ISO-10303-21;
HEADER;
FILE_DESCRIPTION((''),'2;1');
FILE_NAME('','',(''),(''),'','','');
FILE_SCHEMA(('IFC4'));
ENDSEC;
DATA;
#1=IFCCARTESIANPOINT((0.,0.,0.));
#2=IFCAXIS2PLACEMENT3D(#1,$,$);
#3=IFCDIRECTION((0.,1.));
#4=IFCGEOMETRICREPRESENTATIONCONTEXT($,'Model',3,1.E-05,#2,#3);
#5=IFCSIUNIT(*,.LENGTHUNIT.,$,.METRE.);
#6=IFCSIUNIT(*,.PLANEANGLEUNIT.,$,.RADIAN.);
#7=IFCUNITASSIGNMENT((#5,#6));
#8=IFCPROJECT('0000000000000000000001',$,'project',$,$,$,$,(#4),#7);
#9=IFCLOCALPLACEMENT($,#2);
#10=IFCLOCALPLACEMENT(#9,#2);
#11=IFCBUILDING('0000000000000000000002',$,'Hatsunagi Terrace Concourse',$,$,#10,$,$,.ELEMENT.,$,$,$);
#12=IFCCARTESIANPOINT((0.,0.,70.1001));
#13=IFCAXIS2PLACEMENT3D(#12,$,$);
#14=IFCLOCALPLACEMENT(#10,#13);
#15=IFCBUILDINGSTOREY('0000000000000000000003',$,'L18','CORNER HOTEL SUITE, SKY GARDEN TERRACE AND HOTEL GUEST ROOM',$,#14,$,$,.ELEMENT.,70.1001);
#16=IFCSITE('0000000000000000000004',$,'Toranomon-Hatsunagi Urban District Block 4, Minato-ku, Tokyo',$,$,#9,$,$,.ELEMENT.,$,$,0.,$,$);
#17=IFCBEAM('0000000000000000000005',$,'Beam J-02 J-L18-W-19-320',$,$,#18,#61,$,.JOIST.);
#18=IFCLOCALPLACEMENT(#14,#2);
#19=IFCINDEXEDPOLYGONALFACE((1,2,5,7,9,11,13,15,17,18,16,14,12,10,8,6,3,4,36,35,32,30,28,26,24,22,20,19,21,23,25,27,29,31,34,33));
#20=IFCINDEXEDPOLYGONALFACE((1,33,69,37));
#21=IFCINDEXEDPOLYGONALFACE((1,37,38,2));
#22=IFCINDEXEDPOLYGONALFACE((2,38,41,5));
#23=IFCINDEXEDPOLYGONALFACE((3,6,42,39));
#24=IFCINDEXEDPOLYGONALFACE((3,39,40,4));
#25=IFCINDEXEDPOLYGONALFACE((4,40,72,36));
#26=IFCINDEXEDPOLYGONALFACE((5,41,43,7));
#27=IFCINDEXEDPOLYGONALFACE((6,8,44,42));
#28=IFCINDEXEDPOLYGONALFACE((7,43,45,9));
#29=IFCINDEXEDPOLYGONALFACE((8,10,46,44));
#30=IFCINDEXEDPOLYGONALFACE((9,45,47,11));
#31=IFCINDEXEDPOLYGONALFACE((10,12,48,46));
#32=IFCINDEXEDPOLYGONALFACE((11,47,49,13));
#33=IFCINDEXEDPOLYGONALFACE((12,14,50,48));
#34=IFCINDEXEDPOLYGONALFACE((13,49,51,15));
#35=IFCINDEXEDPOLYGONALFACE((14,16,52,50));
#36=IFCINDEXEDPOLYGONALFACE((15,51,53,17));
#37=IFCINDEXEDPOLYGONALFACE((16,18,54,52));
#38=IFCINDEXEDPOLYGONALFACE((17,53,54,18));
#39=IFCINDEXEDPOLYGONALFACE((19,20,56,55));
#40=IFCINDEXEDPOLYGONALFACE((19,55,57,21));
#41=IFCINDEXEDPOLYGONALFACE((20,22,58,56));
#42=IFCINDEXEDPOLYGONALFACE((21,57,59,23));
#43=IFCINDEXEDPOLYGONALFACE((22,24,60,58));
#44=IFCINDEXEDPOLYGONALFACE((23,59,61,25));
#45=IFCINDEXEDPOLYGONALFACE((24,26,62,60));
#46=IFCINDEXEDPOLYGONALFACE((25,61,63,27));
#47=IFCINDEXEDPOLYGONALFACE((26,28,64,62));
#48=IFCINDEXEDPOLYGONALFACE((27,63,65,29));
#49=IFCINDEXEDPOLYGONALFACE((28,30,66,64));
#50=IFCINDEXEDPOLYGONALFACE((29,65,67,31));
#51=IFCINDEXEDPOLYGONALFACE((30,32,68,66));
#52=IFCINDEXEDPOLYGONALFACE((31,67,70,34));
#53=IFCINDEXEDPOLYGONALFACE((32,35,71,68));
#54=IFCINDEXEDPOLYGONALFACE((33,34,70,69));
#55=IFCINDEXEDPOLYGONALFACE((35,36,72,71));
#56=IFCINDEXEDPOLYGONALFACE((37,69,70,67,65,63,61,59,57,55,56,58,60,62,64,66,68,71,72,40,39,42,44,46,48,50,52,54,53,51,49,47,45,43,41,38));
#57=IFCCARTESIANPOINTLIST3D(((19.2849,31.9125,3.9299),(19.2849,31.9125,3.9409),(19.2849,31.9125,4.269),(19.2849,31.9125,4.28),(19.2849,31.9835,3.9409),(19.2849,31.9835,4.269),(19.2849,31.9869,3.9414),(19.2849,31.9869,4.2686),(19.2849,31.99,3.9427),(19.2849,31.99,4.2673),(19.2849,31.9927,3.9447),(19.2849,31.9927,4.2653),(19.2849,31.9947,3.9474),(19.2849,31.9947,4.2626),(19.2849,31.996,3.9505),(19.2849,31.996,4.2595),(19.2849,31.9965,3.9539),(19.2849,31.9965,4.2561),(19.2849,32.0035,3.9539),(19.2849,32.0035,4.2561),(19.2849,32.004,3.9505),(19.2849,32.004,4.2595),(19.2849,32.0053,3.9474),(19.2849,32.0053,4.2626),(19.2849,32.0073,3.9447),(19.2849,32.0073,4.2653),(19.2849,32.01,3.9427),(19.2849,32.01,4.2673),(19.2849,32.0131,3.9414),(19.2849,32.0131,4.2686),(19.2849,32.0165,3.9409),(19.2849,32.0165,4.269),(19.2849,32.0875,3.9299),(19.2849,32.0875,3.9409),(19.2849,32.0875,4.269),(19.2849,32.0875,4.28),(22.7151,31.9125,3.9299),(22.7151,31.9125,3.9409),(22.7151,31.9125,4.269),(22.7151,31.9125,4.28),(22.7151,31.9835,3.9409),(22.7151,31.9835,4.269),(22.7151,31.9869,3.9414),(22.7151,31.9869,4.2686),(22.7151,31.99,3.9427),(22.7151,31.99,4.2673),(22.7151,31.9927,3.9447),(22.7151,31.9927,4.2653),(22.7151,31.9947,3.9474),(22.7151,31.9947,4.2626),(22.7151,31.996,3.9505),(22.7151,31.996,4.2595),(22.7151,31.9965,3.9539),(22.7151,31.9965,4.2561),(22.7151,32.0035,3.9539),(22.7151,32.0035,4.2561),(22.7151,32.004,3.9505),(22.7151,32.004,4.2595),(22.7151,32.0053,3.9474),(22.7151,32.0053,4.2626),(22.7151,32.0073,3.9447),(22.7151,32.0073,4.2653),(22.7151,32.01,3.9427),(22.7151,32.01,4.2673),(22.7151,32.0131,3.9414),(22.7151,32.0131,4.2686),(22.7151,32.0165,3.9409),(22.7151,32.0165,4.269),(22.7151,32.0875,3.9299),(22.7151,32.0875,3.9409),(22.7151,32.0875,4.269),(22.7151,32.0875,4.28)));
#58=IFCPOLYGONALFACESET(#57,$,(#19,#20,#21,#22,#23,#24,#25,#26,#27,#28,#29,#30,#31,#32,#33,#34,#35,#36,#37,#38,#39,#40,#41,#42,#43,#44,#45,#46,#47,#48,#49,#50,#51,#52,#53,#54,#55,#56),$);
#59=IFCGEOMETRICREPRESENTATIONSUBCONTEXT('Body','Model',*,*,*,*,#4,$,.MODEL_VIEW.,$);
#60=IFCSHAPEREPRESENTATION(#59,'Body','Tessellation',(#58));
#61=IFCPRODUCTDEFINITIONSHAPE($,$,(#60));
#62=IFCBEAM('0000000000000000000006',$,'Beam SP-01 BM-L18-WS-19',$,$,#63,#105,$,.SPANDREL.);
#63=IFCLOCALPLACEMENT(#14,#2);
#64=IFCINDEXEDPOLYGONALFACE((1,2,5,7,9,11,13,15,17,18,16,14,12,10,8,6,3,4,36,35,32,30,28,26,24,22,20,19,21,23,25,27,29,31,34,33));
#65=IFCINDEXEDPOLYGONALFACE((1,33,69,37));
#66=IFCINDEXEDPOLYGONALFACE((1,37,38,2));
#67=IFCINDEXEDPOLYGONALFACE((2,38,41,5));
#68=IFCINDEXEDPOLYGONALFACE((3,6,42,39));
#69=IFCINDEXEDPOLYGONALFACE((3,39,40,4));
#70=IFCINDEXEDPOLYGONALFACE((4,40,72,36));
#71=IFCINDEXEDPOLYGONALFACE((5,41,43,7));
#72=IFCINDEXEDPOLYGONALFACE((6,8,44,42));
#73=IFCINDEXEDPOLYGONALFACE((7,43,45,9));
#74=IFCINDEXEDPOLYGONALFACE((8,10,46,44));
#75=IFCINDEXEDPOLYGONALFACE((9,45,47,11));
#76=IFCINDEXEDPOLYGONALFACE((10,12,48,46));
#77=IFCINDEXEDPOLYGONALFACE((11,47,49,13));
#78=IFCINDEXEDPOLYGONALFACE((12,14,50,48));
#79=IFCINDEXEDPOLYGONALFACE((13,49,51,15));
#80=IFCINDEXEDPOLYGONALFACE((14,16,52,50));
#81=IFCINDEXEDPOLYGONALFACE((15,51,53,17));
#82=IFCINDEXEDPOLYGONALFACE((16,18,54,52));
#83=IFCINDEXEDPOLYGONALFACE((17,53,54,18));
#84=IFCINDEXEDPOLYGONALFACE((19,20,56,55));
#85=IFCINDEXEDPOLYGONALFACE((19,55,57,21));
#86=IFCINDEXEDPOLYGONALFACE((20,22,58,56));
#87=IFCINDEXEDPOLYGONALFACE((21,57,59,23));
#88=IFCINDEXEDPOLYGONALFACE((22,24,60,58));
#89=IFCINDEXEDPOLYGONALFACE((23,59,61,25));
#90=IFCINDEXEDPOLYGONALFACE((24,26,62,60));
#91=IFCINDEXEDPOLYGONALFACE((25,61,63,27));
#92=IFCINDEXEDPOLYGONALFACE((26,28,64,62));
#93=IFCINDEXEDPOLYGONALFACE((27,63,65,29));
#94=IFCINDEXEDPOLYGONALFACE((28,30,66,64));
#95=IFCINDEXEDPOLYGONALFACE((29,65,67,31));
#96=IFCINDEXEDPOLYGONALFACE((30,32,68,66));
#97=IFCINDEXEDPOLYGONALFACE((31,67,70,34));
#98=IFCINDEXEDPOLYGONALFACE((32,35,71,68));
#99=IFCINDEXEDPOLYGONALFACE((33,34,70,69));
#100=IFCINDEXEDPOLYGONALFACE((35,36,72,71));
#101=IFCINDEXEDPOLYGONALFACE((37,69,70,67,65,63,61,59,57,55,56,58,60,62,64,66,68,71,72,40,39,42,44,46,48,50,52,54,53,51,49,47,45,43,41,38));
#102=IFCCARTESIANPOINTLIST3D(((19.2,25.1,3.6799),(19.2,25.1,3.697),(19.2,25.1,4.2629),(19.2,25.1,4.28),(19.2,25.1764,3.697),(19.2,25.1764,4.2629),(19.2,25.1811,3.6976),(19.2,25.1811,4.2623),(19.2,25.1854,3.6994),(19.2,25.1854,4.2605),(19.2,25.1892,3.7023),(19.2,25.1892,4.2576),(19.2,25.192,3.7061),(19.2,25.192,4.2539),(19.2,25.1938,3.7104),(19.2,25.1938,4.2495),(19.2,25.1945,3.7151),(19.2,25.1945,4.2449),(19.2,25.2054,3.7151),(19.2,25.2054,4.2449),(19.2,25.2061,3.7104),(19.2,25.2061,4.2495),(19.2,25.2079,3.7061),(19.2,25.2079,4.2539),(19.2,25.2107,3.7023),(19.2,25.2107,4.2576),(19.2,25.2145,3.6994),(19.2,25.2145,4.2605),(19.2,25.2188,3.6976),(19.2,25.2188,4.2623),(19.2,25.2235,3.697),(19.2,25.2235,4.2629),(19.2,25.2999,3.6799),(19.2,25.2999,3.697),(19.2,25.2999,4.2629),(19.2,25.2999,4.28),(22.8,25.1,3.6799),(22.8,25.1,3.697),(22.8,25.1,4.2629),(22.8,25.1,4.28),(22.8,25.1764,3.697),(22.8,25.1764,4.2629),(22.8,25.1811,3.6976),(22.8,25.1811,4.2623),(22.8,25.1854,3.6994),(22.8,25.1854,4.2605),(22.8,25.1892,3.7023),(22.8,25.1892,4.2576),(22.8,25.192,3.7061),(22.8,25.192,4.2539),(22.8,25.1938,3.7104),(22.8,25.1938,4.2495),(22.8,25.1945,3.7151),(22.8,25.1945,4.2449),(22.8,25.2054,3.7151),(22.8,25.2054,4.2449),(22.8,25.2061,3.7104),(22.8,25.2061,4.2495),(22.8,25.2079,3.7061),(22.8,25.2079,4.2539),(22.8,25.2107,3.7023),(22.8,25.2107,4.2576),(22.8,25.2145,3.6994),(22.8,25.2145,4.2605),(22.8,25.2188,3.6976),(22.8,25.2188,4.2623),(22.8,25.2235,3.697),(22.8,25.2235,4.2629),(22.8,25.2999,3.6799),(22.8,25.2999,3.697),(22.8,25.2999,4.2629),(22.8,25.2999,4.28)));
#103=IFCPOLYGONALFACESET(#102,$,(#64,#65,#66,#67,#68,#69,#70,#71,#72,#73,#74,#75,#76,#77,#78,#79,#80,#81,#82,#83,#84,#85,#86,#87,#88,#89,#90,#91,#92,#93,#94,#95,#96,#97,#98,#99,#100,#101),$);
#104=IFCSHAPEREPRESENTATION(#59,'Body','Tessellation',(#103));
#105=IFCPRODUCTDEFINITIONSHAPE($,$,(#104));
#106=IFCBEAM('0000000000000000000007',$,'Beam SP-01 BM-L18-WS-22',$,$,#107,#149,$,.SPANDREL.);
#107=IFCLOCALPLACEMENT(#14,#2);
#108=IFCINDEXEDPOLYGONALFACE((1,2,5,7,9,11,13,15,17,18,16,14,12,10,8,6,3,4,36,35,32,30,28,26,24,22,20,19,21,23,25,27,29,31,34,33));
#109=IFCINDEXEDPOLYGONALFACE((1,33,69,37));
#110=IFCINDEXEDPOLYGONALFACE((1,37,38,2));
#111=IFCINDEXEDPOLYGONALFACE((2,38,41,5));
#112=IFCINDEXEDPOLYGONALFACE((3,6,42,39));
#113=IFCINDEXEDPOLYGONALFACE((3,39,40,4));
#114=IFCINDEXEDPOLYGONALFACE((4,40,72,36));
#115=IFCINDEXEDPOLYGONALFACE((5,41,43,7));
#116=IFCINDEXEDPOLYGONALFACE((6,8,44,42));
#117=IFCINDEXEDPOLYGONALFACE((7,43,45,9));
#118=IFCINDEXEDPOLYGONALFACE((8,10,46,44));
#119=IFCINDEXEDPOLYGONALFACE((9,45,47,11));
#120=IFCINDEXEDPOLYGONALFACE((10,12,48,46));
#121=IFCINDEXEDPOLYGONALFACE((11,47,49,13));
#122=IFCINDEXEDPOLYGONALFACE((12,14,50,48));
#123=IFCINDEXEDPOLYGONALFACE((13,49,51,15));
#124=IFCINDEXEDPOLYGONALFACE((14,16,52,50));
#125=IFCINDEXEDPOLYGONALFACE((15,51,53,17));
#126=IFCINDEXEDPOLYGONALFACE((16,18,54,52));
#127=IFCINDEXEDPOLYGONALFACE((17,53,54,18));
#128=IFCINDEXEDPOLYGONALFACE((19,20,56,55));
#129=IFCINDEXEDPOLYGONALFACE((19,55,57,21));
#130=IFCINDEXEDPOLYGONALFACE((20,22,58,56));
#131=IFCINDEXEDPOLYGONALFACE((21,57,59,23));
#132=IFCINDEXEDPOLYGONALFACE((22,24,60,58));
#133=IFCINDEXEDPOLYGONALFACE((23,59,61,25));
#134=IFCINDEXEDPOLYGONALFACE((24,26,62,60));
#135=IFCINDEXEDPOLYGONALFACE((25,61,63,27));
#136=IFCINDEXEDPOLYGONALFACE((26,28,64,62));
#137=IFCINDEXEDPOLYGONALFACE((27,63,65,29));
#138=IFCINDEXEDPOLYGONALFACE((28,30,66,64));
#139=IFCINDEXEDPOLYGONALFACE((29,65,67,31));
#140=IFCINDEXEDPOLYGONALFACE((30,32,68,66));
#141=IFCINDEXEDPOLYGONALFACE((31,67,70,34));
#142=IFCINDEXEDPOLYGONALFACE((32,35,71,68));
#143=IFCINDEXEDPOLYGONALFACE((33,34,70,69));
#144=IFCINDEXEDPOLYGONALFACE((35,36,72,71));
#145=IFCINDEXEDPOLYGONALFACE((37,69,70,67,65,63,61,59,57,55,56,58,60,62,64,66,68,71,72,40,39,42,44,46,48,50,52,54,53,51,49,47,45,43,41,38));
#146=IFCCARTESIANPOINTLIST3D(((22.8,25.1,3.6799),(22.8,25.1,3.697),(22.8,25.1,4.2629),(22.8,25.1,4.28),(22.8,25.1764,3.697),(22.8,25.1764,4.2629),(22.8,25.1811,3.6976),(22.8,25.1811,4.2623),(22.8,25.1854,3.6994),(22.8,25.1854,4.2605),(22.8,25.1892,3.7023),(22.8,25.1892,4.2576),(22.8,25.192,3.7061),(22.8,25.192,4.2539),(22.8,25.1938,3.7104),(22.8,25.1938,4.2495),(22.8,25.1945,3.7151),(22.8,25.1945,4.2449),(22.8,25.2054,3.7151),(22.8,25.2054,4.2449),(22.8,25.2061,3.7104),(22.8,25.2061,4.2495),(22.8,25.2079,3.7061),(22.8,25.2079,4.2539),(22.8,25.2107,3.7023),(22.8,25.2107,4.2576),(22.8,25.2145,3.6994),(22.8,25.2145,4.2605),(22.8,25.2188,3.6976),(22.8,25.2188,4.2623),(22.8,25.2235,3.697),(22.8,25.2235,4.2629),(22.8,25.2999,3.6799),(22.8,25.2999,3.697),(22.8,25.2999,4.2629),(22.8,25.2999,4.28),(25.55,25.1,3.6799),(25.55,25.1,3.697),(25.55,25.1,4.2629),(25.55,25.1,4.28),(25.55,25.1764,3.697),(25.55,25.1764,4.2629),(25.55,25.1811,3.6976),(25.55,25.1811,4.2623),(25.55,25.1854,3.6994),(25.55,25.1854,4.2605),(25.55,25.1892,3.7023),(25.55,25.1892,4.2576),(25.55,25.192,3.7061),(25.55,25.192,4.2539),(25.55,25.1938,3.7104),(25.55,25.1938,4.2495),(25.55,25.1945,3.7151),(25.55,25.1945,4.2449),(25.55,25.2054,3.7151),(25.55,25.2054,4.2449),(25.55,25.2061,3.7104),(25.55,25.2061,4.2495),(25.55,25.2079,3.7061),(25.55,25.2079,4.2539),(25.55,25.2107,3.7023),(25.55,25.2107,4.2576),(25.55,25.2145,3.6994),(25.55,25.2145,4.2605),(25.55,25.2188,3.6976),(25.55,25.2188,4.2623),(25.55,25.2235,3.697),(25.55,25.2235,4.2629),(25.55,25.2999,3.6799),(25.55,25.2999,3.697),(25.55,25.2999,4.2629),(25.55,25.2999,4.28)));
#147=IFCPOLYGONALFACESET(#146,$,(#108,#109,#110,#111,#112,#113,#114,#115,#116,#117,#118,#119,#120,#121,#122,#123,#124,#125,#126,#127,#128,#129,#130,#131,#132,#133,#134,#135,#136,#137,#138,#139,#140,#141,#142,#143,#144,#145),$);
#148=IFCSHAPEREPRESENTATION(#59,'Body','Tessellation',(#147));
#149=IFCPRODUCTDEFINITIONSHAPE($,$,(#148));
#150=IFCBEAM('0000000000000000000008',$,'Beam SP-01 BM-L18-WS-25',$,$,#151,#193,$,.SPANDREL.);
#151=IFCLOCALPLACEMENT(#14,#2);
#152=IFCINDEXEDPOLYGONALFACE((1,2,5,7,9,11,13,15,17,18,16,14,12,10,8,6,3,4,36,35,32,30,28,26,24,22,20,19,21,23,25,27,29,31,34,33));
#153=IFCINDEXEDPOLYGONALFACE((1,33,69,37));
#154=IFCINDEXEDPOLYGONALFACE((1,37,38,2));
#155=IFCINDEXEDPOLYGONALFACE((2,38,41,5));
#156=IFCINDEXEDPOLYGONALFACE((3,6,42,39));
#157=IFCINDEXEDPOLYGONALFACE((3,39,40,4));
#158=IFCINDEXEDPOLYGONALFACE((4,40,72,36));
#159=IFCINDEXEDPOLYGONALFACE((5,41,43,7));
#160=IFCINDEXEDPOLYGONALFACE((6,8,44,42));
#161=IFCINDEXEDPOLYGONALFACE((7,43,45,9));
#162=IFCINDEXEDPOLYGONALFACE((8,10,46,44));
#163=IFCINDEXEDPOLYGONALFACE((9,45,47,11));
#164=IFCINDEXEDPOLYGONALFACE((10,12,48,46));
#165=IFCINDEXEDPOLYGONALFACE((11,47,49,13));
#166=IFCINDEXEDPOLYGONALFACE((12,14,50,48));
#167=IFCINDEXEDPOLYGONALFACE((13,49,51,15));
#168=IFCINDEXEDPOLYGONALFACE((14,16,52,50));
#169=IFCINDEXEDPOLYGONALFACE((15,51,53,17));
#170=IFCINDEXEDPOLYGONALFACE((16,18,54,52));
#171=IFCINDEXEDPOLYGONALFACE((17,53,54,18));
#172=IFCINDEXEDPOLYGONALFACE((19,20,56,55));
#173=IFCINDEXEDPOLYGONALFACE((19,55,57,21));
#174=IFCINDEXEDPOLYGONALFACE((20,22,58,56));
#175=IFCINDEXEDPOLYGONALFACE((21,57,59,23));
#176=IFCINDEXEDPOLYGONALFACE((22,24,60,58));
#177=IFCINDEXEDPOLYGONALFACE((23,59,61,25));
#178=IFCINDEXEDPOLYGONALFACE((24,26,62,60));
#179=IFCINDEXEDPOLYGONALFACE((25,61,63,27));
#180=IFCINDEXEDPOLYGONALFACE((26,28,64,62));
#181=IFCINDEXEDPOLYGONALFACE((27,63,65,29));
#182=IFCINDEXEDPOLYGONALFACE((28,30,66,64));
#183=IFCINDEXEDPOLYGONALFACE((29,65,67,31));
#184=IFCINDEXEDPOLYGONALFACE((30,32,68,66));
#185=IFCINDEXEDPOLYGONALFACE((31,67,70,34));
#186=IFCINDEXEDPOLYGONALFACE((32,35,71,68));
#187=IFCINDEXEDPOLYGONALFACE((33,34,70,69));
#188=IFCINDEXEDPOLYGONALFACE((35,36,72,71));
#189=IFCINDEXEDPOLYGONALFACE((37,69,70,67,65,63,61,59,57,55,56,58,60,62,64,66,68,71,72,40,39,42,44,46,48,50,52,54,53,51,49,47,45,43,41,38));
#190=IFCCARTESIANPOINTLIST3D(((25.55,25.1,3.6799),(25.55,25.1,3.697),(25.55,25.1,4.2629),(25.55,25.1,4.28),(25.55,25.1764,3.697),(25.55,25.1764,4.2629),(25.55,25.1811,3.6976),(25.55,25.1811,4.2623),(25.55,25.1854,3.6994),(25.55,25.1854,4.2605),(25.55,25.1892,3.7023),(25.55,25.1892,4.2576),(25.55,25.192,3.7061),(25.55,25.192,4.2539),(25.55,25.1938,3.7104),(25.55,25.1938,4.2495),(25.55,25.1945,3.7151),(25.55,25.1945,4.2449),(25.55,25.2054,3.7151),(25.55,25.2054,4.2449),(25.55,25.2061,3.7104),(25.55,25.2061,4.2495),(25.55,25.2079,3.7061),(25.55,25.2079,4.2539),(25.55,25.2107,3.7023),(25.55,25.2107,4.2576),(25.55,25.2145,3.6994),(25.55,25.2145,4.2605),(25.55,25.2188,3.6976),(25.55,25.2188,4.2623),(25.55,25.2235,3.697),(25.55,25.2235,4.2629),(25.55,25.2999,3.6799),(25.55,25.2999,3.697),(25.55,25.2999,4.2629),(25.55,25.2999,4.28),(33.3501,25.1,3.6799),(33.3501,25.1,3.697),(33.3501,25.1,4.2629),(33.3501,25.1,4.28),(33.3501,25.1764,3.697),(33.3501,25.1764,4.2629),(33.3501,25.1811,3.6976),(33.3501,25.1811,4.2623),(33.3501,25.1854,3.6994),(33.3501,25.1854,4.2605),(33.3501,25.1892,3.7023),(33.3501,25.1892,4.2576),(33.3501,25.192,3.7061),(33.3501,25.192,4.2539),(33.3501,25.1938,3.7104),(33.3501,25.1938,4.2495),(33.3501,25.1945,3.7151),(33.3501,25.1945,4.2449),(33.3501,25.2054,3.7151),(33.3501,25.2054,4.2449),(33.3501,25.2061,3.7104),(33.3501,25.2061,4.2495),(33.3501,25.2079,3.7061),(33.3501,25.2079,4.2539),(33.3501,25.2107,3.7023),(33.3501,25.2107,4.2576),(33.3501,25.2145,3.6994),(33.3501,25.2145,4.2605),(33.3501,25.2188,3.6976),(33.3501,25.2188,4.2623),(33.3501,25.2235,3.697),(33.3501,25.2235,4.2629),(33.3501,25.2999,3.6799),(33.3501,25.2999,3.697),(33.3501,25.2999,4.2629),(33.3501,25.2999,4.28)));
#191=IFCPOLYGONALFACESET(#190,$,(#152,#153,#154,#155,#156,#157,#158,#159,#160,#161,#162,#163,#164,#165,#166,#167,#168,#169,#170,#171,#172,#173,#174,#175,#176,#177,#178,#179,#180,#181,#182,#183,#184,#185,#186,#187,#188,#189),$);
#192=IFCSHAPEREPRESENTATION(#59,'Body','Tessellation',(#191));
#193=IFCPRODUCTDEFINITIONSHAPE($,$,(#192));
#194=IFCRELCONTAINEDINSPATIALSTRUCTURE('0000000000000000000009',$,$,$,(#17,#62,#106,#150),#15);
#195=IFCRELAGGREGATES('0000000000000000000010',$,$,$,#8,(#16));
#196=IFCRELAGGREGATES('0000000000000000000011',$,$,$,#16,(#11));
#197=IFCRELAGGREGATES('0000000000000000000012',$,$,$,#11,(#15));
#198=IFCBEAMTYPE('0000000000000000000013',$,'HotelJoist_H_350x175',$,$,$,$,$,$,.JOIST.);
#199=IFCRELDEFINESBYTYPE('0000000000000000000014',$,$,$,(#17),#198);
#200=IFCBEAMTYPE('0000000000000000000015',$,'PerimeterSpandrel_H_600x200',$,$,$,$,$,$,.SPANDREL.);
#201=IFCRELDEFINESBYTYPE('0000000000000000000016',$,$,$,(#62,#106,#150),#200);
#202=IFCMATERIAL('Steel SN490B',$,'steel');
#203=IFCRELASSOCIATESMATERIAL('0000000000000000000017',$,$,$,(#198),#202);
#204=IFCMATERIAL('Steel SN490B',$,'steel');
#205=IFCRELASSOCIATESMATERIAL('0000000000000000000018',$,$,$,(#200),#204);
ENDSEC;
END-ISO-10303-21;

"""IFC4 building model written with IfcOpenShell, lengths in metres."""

from ifc_helpers import new_model, si_unit, direction, frame, origin, origin_2d, place, context, subcontext, project, spatial, i_section, extrude, material, material_profile, profile_set, type_object, element, save


model = new_model("IFC4")

# Units and contexts
model_context = context("Model", 3, precision=1e-05, world=origin(), true_north=direction((0.0, 1.0)))
body_context = subcontext(model_context, "Body", "Model", "MODEL_VIEW")
ifc_project = project(units=[si_unit("LENGTHUNIT", "METRE"), si_unit("PLANEANGLEUNIT", "RADIAN")], contexts=[model_context])

# Site, building, storey
site_placement = place(None, origin())
site = spatial("IfcSite", under=ifc_project, at=site_placement, Name="Toranomon-Hatsunagi Urban District Block 4, Minato-ku, Tokyo", CompositionType="ELEMENT", RefElevation=0.0)
building_placement = place(site_placement, origin())
building = spatial("IfcBuilding", under=site, at=building_placement, Name="Hatsunagi Terrace Concourse", CompositionType="ELEMENT")
storey_placement = place(building_placement, frame((0.0, 0.0, 70.1001)))
storey = spatial("IfcBuildingStorey", under=building, at=storey_placement, Name="L18", Description="CORNER HOTEL SUITE, SKY GARDEN TERRACE AND HOTEL GUEST ROOM", CompositionType="ELEMENT", Elevation=70.1001)

# Beams
ifc_material_1 = material(Name="Steel SN490B", Category="steel")
ifc_material_profile_1 = material_profile(ifc_material_1, i_section(OverallWidth=0.175, OverallDepth=0.3501, WebThickness=0.0071, FlangeThickness=0.011, FilletRadius=0.0129, at=origin_2d()), Name="H-350x175x7x11")
ifc_profile_set_1 = profile_set([ifc_material_profile_1], Name="Steel SN490B")
beam_type_1 = type_object("IfcBeamType", Name="HotelJoist_H_350x175", PredefinedType="JOIST", material=ifc_profile_set_1)
for number, where, z_axis, x_axis, name in (
    (1, (19.2849, 32.0, 4.105), (1.0, 0.0, 0.0), (0.0, 1.0, 0.0), "Beam J-02 J-L18-W-19-320"),
):
    element("IfcBeam", number, at=place(storey_placement, frame(where, z_axis=z_axis, x_axis=x_axis)), inside=storey, type_object=beam_type_1, Name=name, PredefinedType="JOIST", context=body_context, shape_type="SweptSolid", body=[
        extrude(i_section(OverallWidth=0.175, OverallDepth=0.3501, WebThickness=0.0071, FlangeThickness=0.011, FilletRadius=0.0129, at=origin_2d()), origin(), (0.0, 0.0, 1.0), 3.4302),
    ])
ifc_material_2 = material(Name="Steel SN490B", Category="steel")
ifc_material_profile_2 = material_profile(ifc_material_2, i_section(OverallWidth=0.2, OverallDepth=0.6001, WebThickness=0.011, FlangeThickness=0.0171, FilletRadius=0.0181, at=origin_2d()), Name="H-600x200x11x17")
ifc_profile_set_2 = profile_set([ifc_material_profile_2], Name="Steel SN490B")
beam_type_2 = type_object("IfcBeamType", Name="PerimeterSpandrel_H_600x200", PredefinedType="SPANDREL", material=ifc_profile_set_2)
beam_1_placement = place(storey_placement, frame((19.2, 25.2, 3.98), z_axis=(1.0, 0.0, 0.0), x_axis=(0.0, 1.0, 0.0)))
element("IfcBeam", 2, at=beam_1_placement, inside=storey, type_object=beam_type_2, Name="Beam SP-01 BM-L18-WS-19", PredefinedType="SPANDREL", context=body_context, shape_type="SweptSolid", body=[
    extrude(i_section(OverallWidth=0.2, OverallDepth=0.6001, WebThickness=0.011, FlangeThickness=0.0171, FilletRadius=0.0181, at=origin_2d()), origin(), (0.0, 0.0, 1.0), 3.6001),
])
beam_2_placement = place(storey_placement, frame((22.8, 25.2, 3.98), z_axis=(1.0, 0.0, 0.0), x_axis=(0.0, 1.0, 0.0)))
element("IfcBeam", 3, at=beam_2_placement, inside=storey, type_object=beam_type_2, Name="Beam SP-01 BM-L18-WS-22", PredefinedType="SPANDREL", context=body_context, shape_type="SweptSolid", body=[
    extrude(i_section(OverallWidth=0.2, OverallDepth=0.6001, WebThickness=0.011, FlangeThickness=0.0171, FilletRadius=0.0181, at=origin_2d()), origin(), (0.0, 0.0, 1.0), 2.75),
])
beam_3_placement = place(storey_placement, frame((25.55, 25.2, 3.98), z_axis=(1.0, 0.0, 0.0), x_axis=(0.0, 1.0, 0.0)))
element("IfcBeam", 4, at=beam_3_placement, inside=storey, type_object=beam_type_2, Name="Beam SP-01 BM-L18-WS-25", PredefinedType="SPANDREL", context=body_context, shape_type="SweptSolid", body=[
    extrude(i_section(OverallWidth=0.2, OverallDepth=0.6001, WebThickness=0.011, FlangeThickness=0.0171, FilletRadius=0.0181, at=origin_2d()), origin(), (0.0, 0.0, 1.0), 7.8),
])

save(model, "model.ifc")
